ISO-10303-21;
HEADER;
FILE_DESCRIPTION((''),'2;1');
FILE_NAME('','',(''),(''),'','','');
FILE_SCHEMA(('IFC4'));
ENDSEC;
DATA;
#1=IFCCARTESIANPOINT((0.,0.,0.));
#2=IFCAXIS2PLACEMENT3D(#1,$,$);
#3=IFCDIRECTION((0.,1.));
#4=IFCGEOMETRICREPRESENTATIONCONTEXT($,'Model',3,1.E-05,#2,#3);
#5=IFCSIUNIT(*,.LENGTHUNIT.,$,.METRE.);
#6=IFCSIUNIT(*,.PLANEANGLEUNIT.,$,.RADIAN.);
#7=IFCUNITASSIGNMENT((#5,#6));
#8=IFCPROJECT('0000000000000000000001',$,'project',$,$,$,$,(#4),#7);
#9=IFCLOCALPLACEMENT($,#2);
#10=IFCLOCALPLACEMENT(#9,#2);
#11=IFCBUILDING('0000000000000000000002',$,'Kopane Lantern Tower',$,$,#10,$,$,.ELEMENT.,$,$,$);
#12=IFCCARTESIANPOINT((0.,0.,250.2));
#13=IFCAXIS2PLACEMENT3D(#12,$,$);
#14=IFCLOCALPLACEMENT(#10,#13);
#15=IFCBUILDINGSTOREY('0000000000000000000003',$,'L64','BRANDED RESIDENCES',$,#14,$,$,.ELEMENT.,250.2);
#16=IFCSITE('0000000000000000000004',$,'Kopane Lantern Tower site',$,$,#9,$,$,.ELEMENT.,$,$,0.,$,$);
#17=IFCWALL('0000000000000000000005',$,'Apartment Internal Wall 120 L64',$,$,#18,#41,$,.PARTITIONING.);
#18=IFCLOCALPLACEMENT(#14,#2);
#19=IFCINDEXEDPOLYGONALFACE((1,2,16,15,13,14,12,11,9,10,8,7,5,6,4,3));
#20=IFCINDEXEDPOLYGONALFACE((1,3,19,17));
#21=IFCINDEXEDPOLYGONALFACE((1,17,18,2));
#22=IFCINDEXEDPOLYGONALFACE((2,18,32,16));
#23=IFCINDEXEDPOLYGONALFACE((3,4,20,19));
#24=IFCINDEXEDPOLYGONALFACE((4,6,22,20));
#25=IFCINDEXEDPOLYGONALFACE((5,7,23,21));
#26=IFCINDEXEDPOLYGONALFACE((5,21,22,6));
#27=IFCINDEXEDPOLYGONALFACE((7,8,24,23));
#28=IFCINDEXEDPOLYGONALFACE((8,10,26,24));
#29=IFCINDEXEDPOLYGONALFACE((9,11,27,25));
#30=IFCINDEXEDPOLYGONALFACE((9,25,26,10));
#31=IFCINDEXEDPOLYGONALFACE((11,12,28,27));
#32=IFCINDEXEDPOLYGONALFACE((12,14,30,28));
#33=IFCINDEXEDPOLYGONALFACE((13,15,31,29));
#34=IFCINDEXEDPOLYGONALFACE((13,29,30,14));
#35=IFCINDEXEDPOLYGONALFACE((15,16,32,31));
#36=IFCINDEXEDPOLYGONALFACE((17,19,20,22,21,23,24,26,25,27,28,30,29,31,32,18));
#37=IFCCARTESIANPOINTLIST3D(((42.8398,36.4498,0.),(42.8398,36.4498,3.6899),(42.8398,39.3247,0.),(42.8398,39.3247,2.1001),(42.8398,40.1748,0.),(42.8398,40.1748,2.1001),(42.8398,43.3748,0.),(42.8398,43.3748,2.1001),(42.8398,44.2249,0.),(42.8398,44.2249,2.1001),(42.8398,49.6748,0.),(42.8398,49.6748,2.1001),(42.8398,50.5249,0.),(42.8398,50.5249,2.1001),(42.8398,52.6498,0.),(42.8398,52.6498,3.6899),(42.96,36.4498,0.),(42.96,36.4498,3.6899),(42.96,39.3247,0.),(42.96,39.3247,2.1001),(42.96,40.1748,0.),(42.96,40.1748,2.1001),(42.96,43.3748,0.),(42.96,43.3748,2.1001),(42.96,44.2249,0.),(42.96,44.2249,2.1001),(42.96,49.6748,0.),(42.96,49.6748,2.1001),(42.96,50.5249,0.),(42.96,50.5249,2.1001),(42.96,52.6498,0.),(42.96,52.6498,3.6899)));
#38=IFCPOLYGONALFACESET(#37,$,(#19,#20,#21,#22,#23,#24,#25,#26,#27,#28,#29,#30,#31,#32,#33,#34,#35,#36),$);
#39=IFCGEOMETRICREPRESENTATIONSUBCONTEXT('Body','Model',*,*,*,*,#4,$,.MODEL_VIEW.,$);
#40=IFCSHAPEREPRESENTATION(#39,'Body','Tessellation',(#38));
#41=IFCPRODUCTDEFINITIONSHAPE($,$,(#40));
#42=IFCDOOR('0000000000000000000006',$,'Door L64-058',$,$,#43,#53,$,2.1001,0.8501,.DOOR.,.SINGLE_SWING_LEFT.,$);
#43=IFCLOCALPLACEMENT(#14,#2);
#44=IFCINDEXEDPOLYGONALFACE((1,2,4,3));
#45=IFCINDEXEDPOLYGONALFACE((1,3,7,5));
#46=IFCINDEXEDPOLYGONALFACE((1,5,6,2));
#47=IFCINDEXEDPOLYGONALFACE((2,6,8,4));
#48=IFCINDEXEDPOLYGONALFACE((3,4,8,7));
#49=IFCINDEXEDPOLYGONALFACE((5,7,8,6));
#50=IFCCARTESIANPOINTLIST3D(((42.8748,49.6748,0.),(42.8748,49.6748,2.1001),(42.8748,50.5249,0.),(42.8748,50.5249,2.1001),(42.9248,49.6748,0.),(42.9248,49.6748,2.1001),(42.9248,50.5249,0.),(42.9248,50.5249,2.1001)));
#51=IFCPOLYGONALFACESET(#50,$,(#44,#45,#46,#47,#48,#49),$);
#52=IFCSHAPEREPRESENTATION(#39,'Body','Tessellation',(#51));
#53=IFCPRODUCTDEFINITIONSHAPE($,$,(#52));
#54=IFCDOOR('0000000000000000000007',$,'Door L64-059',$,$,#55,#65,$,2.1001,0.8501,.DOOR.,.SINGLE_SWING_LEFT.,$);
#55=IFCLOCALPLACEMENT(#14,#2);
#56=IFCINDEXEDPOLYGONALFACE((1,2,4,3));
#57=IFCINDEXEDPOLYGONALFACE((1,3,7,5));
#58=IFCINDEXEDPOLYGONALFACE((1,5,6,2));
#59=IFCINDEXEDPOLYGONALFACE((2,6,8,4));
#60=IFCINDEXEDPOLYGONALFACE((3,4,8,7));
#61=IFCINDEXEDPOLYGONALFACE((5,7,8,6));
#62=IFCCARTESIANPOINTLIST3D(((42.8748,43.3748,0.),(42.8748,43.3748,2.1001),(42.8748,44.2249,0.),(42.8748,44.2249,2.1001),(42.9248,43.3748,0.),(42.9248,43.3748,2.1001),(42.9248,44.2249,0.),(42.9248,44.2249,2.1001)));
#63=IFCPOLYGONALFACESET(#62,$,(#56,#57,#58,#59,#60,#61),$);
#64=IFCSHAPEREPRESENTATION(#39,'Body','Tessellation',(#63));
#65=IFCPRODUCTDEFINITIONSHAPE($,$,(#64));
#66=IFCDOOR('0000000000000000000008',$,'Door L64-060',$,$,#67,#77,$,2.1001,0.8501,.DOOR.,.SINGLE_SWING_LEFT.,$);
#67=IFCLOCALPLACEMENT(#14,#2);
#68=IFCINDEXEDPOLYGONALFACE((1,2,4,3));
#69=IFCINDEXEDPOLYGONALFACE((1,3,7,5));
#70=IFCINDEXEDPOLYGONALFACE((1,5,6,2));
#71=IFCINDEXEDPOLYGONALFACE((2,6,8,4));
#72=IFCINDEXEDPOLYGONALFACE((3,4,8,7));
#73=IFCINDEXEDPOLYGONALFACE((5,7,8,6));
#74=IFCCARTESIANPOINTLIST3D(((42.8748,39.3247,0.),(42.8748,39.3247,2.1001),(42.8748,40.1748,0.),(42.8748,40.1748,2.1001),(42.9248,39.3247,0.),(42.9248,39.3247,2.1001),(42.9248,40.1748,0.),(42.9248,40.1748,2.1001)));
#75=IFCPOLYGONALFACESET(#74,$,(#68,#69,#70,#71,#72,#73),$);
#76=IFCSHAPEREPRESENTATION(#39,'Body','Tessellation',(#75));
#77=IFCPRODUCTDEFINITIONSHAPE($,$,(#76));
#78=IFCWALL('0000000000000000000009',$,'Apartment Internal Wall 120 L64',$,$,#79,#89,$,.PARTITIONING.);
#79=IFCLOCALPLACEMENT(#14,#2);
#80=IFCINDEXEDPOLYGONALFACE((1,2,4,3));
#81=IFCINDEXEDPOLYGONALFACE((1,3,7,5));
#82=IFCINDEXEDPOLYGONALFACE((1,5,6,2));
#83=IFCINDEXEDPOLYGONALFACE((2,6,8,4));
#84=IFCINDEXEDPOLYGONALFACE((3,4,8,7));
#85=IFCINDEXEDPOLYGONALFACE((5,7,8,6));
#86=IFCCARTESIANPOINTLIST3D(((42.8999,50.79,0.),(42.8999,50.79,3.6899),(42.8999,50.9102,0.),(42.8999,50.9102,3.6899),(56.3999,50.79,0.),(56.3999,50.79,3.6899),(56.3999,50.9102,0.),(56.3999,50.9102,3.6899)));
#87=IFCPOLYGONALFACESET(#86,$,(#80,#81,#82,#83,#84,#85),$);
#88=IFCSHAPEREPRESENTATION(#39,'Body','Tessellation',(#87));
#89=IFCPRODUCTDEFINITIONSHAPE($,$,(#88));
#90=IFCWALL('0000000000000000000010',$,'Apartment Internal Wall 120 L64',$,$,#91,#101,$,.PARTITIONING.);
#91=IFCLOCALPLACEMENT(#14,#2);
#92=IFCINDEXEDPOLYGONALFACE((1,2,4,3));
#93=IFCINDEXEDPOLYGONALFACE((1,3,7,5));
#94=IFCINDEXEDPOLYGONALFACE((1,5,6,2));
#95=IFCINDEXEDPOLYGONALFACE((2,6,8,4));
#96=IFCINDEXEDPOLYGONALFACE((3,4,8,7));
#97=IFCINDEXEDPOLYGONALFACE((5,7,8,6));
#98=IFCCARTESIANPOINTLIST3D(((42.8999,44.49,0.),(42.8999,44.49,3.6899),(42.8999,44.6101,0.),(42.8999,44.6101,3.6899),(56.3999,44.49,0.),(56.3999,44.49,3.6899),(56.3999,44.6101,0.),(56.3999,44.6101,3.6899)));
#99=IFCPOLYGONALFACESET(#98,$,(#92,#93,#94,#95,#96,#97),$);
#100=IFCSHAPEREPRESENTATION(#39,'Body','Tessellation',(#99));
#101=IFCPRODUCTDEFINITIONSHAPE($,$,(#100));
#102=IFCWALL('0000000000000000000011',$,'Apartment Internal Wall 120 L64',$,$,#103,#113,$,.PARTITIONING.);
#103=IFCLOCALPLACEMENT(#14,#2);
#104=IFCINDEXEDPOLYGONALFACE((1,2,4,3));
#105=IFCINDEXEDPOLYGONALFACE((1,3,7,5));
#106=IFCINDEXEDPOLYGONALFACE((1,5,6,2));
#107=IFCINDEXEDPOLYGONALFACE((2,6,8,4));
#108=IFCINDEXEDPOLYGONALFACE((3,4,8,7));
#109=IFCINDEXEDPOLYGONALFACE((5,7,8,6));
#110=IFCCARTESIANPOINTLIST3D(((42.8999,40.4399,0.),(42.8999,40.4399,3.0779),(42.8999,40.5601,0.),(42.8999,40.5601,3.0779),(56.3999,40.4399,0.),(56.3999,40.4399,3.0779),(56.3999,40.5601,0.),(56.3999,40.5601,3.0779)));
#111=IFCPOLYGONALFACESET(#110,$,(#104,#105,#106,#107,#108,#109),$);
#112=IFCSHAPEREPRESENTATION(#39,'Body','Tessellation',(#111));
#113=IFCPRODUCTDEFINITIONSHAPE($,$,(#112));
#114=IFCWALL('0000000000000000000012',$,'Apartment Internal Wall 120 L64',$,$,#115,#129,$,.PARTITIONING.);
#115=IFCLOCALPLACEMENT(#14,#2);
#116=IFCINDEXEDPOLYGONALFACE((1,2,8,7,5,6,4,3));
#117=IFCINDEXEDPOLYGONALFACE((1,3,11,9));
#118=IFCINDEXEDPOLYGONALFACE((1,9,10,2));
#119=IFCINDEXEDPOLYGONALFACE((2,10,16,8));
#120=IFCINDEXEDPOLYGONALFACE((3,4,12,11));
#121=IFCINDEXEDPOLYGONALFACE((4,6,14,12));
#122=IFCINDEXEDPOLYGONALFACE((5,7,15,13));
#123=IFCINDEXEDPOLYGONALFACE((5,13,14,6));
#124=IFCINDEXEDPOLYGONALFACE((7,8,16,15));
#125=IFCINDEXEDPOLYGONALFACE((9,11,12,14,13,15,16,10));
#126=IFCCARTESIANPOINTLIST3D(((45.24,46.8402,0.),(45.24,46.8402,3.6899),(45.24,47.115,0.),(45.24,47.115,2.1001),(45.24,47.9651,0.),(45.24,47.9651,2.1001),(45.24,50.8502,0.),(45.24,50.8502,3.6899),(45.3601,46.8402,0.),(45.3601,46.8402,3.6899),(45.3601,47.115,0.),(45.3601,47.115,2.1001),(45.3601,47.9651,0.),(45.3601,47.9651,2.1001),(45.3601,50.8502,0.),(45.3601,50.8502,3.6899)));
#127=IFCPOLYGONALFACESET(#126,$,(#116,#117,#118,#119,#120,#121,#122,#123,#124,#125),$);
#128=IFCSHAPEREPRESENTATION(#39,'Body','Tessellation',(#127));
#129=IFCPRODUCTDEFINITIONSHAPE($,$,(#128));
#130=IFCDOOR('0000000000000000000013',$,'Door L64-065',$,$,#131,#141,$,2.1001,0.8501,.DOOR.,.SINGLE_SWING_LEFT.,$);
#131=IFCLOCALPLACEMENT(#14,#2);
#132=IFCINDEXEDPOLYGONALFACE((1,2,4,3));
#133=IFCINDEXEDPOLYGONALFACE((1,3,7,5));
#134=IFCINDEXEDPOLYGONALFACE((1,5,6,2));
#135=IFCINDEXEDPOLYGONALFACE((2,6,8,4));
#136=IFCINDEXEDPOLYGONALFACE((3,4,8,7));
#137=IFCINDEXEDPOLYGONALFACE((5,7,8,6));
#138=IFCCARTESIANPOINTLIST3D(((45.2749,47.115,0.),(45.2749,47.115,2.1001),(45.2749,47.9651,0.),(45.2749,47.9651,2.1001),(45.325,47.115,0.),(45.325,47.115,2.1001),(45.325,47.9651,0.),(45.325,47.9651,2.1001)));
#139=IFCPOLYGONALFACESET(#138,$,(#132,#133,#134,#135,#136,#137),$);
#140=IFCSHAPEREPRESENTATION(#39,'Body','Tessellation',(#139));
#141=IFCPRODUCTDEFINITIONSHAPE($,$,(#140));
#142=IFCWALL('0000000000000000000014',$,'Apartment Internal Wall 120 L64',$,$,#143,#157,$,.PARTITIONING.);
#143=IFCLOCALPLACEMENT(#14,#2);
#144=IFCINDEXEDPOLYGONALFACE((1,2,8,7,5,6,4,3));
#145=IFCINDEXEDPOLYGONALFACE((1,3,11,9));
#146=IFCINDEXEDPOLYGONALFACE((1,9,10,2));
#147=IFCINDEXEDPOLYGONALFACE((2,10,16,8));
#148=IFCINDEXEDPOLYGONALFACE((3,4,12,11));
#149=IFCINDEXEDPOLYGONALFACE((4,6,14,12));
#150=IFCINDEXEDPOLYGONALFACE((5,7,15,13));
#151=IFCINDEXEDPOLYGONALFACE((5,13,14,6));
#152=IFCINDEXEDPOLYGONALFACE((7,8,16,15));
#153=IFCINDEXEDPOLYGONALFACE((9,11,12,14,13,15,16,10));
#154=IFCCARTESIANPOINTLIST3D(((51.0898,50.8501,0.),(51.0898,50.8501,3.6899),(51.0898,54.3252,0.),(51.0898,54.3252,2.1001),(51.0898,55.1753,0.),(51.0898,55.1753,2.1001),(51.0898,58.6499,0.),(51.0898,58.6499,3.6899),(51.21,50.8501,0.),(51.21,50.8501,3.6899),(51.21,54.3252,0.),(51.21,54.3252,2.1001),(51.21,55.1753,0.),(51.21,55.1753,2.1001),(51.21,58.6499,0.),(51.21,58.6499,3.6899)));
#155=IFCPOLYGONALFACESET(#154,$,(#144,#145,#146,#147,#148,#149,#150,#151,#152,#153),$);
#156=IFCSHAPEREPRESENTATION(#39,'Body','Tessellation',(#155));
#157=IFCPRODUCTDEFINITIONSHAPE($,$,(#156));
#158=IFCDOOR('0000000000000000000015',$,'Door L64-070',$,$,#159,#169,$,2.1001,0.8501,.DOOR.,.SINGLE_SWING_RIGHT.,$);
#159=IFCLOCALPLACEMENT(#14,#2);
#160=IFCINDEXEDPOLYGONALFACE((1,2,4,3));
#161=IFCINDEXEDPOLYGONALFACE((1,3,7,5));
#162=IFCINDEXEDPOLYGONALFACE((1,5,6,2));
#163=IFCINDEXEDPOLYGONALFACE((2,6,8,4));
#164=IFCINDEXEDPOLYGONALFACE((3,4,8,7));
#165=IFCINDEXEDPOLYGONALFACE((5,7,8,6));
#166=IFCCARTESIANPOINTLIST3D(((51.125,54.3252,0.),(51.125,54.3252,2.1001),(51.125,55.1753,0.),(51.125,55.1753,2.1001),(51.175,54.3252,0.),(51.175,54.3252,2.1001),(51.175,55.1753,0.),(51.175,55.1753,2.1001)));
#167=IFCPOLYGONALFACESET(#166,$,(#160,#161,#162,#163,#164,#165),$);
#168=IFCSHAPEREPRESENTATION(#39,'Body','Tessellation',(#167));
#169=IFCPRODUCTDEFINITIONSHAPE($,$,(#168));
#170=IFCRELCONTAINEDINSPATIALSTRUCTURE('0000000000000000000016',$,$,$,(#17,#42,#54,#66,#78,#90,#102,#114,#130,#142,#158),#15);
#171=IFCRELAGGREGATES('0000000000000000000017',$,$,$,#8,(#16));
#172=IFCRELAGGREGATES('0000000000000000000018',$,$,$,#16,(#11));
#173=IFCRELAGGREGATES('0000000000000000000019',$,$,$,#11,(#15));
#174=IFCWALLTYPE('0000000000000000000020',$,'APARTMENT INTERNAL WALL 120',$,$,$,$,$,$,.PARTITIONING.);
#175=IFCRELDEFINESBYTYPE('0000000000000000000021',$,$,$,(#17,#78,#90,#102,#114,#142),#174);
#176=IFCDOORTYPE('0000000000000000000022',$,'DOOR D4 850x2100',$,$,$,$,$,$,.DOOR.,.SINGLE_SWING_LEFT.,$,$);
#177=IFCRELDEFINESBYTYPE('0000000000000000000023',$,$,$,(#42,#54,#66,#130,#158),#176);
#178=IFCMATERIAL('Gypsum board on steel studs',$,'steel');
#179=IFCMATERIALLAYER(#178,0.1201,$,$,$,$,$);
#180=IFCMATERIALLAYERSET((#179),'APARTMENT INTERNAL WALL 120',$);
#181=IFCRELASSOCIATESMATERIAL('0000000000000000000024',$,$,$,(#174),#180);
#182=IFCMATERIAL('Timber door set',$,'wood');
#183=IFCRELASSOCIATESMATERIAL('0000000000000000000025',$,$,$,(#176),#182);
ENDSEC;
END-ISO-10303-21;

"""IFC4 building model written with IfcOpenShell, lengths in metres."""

from ifc_helpers import new_model, si_unit, direction, frame, frame_2d, origin, place, context, subcontext, project, spatial, rectangle, extrude, material, layer, layer_set, type_object, element, fill, save


model = new_model("IFC4")

# Units and contexts
model_context = context("Model", 3, precision=1e-05, world=origin(), true_north=direction((0.0, 1.0)))
body_context = subcontext(model_context, "Body", "Model", "MODEL_VIEW")
ifc_project = project(units=[si_unit("LENGTHUNIT", "METRE"), si_unit("PLANEANGLEUNIT", "RADIAN")], contexts=[model_context])

# Site, building, storey
site_placement = place(None, origin())
site = spatial("IfcSite", under=ifc_project, at=site_placement, Name="Kopane Lantern Tower site", CompositionType="ELEMENT", RefElevation=0.0)
building_placement = place(site_placement, origin())
building = spatial("IfcBuilding", under=site, at=building_placement, Name="Kopane Lantern Tower", CompositionType="ELEMENT")
storey_placement = place(building_placement, frame((0.0, 0.0, 250.2)))
storey = spatial("IfcBuildingStorey", under=building, at=storey_placement, Name="L64", Description="BRANDED RESIDENCES", CompositionType="ELEMENT", Elevation=250.2)

# Wall, openings, doors
ifc_material_1 = material(Name="Gypsum board on steel studs", Category="steel")
ifc_layer_1 = layer(ifc_material_1, 0.1201)
ifc_layer_set_1 = layer_set([ifc_layer_1], Name="APARTMENT INTERNAL WALL 120")
wall_type_1 = type_object("IfcWallType", Name="APARTMENT INTERNAL WALL 120", PredefinedType="PARTITIONING", material=ifc_layer_set_1)
wall_1_placement = place(storey_placement, frame((42.8999, 52.6499, 0.0), z_axis=(0.0, 0.0, 1.0), x_axis=(0.0, -1.0, 0.0)))
wall_1 = element("IfcWall", 1, at=wall_1_placement, inside=storey, type_object=wall_type_1, Name="Apartment Internal Wall 120 L64", PredefinedType="PARTITIONING", context=body_context, shape_type="SweptSolid", body=[
    extrude(rectangle(XDim=16.2, YDim=0.1201, at=frame_2d((8.1001, 0.0))), origin(), (0.0, 0.0, 1.0), 3.6899),
])
opening_1_placement = place(wall_1_placement, frame((2.125, 0.0, 0.0)))
opening_1 = element("IfcOpeningElement", 2, at=opening_1_placement, cuts=wall_1, PredefinedType="OPENING", context=body_context, shape_type="SweptSolid", body=[
    extrude(rectangle(XDim=0.8501, YDim=2.1001, at=frame_2d((0.425, 1.05))), frame((0.0, 0.0701, 0.0), z_axis=(0.0, -1.0, 0.0), x_axis=(1.0, 0.0, 0.0)), (0.0, 0.0, 1.0), 0.1401),
])
opening_2_placement = place(wall_1_placement, frame((8.425, 0.0, 0.0)))
opening_2 = element("IfcOpeningElement", 3, at=opening_2_placement, cuts=wall_1, PredefinedType="OPENING", context=body_context, shape_type="SweptSolid", body=[
    extrude(rectangle(XDim=0.8501, YDim=2.1001, at=frame_2d((0.425, 1.05))), frame((0.0, 0.0701, 0.0), z_axis=(0.0, -1.0, 0.0), x_axis=(1.0, 0.0, 0.0)), (0.0, 0.0, 1.0), 0.1401),
])
opening_3_placement = place(wall_1_placement, frame((12.4751, 0.0, 0.0)))
opening_3 = element("IfcOpeningElement", 4, at=opening_3_placement, cuts=wall_1, PredefinedType="OPENING", context=body_context, shape_type="SweptSolid", body=[
    extrude(rectangle(XDim=0.8501, YDim=2.1001, at=frame_2d((0.425, 1.05))), frame((0.0, 0.0701, 0.0), z_axis=(0.0, -1.0, 0.0), x_axis=(1.0, 0.0, 0.0)), (0.0, 0.0, 1.0), 0.1401),
])
ifc_material_2 = material(Name="Timber door set", Category="wood")
door_type_1 = type_object("IfcDoorType", Name="DOOR D4 850x2100", OperationType="SINGLE_SWING_LEFT", PredefinedType="DOOR", material=ifc_material_2)
door_1_placement = place(opening_1_placement, origin())
door_1 = element("IfcDoor", 5, at=door_1_placement, inside=storey, type_object=door_type_1, Name="Door L64-058", OperationType="SINGLE_SWING_LEFT", OverallHeight=2.1001, OverallWidth=0.8501, PredefinedType="DOOR", context=body_context, shape_type="SweptSolid", body=[
    extrude(rectangle(XDim=0.8501, YDim=2.1001, at=frame_2d((0.425, 1.05))), frame((0.0, 0.0249, 0.0), z_axis=(0.0, -1.0, 0.0), x_axis=(1.0, 0.0, 0.0)), (0.0, 0.0, 1.0), 0.05),
])
fill(opening_1, door_1)
door_2_placement = place(opening_2_placement, origin())
door_2 = element("IfcDoor", 6, at=door_2_placement, inside=storey, type_object=door_type_1, Name="Door L64-059", OperationType="SINGLE_SWING_LEFT", OverallHeight=2.1001, OverallWidth=0.8501, PredefinedType="DOOR", context=body_context, shape_type="SweptSolid", body=[
    extrude(rectangle(XDim=0.8501, YDim=2.1001, at=frame_2d((0.425, 1.05))), frame((0.0, 0.0249, 0.0), z_axis=(0.0, -1.0, 0.0), x_axis=(1.0, 0.0, 0.0)), (0.0, 0.0, 1.0), 0.05),
])
fill(opening_2, door_2)
door_3_placement = place(opening_3_placement, origin())
door_3 = element("IfcDoor", 7, at=door_3_placement, inside=storey, type_object=door_type_1, Name="Door L64-060", OperationType="SINGLE_SWING_LEFT", OverallHeight=2.1001, OverallWidth=0.8501, PredefinedType="DOOR", context=body_context, shape_type="SweptSolid", body=[
    extrude(rectangle(XDim=0.8501, YDim=2.1001, at=frame_2d((0.425, 1.05))), frame((0.0, 0.0249, 0.0), z_axis=(0.0, -1.0, 0.0), x_axis=(1.0, 0.0, 0.0)), (0.0, 0.0, 1.0), 0.05),
])
fill(opening_3, door_3)

# Walls
for number, where, z_axis, x_axis, name in (
    (8, (42.8999, 50.8501, 0.0), (0.0, 0.0, 1.0), (1.0, 0.0, 0.0), "Apartment Internal Wall 120 L64"),
    (9, (42.8999, 44.55, 0.0), (0.0, 0.0, 1.0), (1.0, 0.0, 0.0), "Apartment Internal Wall 120 L64"),
):
    element("IfcWall", number, at=place(storey_placement, frame(where, z_axis=z_axis, x_axis=x_axis)), inside=storey, type_object=wall_type_1, Name=name, PredefinedType="PARTITIONING", context=body_context, shape_type="SweptSolid", body=[
        extrude(rectangle(XDim=13.5, YDim=0.1201, at=frame_2d((6.75, 0.0))), origin(), (0.0, 0.0, 1.0), 3.6899),
    ])
wall_2_placement = place(storey_placement, frame((42.8999, 40.5, 0.0), z_axis=(0.0, 0.0, 1.0), x_axis=(1.0, 0.0, 0.0)))
element("IfcWall", 10, at=wall_2_placement, inside=storey, type_object=wall_type_1, Name="Apartment Internal Wall 120 L64", PredefinedType="PARTITIONING", context=body_context, shape_type="SweptSolid", body=[
    extrude(rectangle(XDim=13.5, YDim=0.1201, at=frame_2d((6.75, 0.0))), origin(), (0.0, 0.0, 1.0), 3.0779),
])

# Walls, openings, doors
wall_3_placement = place(storey_placement, frame((45.3, 50.8501, 0.0), z_axis=(0.0, 0.0, 1.0), x_axis=(0.0, -1.0, 0.0)))
wall_3 = element("IfcWall", 11, at=wall_3_placement, inside=storey, type_object=wall_type_1, Name="Apartment Internal Wall 120 L64", PredefinedType="PARTITIONING", context=body_context, shape_type="SweptSolid", body=[
    extrude(rectangle(XDim=4.01, YDim=0.1201, at=frame_2d((2.0049, 0.0))), origin(), (0.0, 0.0, 1.0), 3.6899),
])
opening_4_placement = place(wall_3_placement, frame((2.885, 0.0, 0.0)))
opening_4 = element("IfcOpeningElement", 12, at=opening_4_placement, cuts=wall_3, PredefinedType="OPENING", context=body_context, shape_type="SweptSolid", body=[
    extrude(rectangle(XDim=0.8501, YDim=2.1001, at=frame_2d((0.425, 1.05))), frame((0.0, 0.0701, 0.0), z_axis=(0.0, -1.0, 0.0), x_axis=(1.0, 0.0, 0.0)), (0.0, 0.0, 1.0), 0.1401),
])
door_4_placement = place(opening_4_placement, origin())
door_4 = element("IfcDoor", 13, at=door_4_placement, inside=storey, type_object=door_type_1, Name="Door L64-065", OperationType="SINGLE_SWING_LEFT", OverallHeight=2.1001, OverallWidth=0.8501, PredefinedType="DOOR", context=body_context, shape_type="SweptSolid", body=[
    extrude(rectangle(XDim=0.8501, YDim=2.1001, at=frame_2d((0.425, 1.05))), frame((0.0, 0.0249, 0.0), z_axis=(0.0, -1.0, 0.0), x_axis=(1.0, 0.0, 0.0)), (0.0, 0.0, 1.0), 0.05),
])
fill(opening_4, door_4)
wall_4_placement = place(storey_placement, frame((51.1499, 50.8501, 0.0), z_axis=(0.0, 0.0, 1.0), x_axis=(0.0, 1.0, 0.0)))
wall_4 = element("IfcWall", 14, at=wall_4_placement, inside=storey, type_object=wall_type_1, Name="Apartment Internal Wall 120 L64", PredefinedType="PARTITIONING", context=body_context, shape_type="SweptSolid", body=[
    extrude(rectangle(XDim=7.7998, YDim=0.1201, at=frame_2d((3.8999, 0.0))), origin(), (0.0, 0.0, 1.0), 3.6899),
])
opening_5_placement = place(wall_4_placement, frame((3.4751, 0.0, 0.0)))
opening_5 = element("IfcOpeningElement", 15, at=opening_5_placement, cuts=wall_4, PredefinedType="OPENING", context=body_context, shape_type="SweptSolid", body=[
    extrude(rectangle(XDim=0.8501, YDim=2.1001, at=frame_2d((0.425, 1.05))), frame((0.0, 0.0701, 0.0), z_axis=(0.0, -1.0, 0.0), x_axis=(1.0, 0.0, 0.0)), (0.0, 0.0, 1.0), 0.1401),
])
door_5_placement = place(opening_5_placement, origin())
door_5 = element("IfcDoor", 16, at=door_5_placement, inside=storey, type_object=door_type_1, Name="Door L64-070", OperationType="SINGLE_SWING_RIGHT", OverallHeight=2.1001, OverallWidth=0.8501, PredefinedType="DOOR", context=body_context, shape_type="SweptSolid", body=[
    extrude(rectangle(XDim=0.8501, YDim=2.1001, at=frame_2d((0.425, 1.05))), frame((0.0, 0.0249, 0.0), z_axis=(0.0, -1.0, 0.0), x_axis=(1.0, 0.0, 0.0)), (0.0, 0.0, 1.0), 0.05),
])
fill(opening_5, door_5)

save(model, "model.ifc")
